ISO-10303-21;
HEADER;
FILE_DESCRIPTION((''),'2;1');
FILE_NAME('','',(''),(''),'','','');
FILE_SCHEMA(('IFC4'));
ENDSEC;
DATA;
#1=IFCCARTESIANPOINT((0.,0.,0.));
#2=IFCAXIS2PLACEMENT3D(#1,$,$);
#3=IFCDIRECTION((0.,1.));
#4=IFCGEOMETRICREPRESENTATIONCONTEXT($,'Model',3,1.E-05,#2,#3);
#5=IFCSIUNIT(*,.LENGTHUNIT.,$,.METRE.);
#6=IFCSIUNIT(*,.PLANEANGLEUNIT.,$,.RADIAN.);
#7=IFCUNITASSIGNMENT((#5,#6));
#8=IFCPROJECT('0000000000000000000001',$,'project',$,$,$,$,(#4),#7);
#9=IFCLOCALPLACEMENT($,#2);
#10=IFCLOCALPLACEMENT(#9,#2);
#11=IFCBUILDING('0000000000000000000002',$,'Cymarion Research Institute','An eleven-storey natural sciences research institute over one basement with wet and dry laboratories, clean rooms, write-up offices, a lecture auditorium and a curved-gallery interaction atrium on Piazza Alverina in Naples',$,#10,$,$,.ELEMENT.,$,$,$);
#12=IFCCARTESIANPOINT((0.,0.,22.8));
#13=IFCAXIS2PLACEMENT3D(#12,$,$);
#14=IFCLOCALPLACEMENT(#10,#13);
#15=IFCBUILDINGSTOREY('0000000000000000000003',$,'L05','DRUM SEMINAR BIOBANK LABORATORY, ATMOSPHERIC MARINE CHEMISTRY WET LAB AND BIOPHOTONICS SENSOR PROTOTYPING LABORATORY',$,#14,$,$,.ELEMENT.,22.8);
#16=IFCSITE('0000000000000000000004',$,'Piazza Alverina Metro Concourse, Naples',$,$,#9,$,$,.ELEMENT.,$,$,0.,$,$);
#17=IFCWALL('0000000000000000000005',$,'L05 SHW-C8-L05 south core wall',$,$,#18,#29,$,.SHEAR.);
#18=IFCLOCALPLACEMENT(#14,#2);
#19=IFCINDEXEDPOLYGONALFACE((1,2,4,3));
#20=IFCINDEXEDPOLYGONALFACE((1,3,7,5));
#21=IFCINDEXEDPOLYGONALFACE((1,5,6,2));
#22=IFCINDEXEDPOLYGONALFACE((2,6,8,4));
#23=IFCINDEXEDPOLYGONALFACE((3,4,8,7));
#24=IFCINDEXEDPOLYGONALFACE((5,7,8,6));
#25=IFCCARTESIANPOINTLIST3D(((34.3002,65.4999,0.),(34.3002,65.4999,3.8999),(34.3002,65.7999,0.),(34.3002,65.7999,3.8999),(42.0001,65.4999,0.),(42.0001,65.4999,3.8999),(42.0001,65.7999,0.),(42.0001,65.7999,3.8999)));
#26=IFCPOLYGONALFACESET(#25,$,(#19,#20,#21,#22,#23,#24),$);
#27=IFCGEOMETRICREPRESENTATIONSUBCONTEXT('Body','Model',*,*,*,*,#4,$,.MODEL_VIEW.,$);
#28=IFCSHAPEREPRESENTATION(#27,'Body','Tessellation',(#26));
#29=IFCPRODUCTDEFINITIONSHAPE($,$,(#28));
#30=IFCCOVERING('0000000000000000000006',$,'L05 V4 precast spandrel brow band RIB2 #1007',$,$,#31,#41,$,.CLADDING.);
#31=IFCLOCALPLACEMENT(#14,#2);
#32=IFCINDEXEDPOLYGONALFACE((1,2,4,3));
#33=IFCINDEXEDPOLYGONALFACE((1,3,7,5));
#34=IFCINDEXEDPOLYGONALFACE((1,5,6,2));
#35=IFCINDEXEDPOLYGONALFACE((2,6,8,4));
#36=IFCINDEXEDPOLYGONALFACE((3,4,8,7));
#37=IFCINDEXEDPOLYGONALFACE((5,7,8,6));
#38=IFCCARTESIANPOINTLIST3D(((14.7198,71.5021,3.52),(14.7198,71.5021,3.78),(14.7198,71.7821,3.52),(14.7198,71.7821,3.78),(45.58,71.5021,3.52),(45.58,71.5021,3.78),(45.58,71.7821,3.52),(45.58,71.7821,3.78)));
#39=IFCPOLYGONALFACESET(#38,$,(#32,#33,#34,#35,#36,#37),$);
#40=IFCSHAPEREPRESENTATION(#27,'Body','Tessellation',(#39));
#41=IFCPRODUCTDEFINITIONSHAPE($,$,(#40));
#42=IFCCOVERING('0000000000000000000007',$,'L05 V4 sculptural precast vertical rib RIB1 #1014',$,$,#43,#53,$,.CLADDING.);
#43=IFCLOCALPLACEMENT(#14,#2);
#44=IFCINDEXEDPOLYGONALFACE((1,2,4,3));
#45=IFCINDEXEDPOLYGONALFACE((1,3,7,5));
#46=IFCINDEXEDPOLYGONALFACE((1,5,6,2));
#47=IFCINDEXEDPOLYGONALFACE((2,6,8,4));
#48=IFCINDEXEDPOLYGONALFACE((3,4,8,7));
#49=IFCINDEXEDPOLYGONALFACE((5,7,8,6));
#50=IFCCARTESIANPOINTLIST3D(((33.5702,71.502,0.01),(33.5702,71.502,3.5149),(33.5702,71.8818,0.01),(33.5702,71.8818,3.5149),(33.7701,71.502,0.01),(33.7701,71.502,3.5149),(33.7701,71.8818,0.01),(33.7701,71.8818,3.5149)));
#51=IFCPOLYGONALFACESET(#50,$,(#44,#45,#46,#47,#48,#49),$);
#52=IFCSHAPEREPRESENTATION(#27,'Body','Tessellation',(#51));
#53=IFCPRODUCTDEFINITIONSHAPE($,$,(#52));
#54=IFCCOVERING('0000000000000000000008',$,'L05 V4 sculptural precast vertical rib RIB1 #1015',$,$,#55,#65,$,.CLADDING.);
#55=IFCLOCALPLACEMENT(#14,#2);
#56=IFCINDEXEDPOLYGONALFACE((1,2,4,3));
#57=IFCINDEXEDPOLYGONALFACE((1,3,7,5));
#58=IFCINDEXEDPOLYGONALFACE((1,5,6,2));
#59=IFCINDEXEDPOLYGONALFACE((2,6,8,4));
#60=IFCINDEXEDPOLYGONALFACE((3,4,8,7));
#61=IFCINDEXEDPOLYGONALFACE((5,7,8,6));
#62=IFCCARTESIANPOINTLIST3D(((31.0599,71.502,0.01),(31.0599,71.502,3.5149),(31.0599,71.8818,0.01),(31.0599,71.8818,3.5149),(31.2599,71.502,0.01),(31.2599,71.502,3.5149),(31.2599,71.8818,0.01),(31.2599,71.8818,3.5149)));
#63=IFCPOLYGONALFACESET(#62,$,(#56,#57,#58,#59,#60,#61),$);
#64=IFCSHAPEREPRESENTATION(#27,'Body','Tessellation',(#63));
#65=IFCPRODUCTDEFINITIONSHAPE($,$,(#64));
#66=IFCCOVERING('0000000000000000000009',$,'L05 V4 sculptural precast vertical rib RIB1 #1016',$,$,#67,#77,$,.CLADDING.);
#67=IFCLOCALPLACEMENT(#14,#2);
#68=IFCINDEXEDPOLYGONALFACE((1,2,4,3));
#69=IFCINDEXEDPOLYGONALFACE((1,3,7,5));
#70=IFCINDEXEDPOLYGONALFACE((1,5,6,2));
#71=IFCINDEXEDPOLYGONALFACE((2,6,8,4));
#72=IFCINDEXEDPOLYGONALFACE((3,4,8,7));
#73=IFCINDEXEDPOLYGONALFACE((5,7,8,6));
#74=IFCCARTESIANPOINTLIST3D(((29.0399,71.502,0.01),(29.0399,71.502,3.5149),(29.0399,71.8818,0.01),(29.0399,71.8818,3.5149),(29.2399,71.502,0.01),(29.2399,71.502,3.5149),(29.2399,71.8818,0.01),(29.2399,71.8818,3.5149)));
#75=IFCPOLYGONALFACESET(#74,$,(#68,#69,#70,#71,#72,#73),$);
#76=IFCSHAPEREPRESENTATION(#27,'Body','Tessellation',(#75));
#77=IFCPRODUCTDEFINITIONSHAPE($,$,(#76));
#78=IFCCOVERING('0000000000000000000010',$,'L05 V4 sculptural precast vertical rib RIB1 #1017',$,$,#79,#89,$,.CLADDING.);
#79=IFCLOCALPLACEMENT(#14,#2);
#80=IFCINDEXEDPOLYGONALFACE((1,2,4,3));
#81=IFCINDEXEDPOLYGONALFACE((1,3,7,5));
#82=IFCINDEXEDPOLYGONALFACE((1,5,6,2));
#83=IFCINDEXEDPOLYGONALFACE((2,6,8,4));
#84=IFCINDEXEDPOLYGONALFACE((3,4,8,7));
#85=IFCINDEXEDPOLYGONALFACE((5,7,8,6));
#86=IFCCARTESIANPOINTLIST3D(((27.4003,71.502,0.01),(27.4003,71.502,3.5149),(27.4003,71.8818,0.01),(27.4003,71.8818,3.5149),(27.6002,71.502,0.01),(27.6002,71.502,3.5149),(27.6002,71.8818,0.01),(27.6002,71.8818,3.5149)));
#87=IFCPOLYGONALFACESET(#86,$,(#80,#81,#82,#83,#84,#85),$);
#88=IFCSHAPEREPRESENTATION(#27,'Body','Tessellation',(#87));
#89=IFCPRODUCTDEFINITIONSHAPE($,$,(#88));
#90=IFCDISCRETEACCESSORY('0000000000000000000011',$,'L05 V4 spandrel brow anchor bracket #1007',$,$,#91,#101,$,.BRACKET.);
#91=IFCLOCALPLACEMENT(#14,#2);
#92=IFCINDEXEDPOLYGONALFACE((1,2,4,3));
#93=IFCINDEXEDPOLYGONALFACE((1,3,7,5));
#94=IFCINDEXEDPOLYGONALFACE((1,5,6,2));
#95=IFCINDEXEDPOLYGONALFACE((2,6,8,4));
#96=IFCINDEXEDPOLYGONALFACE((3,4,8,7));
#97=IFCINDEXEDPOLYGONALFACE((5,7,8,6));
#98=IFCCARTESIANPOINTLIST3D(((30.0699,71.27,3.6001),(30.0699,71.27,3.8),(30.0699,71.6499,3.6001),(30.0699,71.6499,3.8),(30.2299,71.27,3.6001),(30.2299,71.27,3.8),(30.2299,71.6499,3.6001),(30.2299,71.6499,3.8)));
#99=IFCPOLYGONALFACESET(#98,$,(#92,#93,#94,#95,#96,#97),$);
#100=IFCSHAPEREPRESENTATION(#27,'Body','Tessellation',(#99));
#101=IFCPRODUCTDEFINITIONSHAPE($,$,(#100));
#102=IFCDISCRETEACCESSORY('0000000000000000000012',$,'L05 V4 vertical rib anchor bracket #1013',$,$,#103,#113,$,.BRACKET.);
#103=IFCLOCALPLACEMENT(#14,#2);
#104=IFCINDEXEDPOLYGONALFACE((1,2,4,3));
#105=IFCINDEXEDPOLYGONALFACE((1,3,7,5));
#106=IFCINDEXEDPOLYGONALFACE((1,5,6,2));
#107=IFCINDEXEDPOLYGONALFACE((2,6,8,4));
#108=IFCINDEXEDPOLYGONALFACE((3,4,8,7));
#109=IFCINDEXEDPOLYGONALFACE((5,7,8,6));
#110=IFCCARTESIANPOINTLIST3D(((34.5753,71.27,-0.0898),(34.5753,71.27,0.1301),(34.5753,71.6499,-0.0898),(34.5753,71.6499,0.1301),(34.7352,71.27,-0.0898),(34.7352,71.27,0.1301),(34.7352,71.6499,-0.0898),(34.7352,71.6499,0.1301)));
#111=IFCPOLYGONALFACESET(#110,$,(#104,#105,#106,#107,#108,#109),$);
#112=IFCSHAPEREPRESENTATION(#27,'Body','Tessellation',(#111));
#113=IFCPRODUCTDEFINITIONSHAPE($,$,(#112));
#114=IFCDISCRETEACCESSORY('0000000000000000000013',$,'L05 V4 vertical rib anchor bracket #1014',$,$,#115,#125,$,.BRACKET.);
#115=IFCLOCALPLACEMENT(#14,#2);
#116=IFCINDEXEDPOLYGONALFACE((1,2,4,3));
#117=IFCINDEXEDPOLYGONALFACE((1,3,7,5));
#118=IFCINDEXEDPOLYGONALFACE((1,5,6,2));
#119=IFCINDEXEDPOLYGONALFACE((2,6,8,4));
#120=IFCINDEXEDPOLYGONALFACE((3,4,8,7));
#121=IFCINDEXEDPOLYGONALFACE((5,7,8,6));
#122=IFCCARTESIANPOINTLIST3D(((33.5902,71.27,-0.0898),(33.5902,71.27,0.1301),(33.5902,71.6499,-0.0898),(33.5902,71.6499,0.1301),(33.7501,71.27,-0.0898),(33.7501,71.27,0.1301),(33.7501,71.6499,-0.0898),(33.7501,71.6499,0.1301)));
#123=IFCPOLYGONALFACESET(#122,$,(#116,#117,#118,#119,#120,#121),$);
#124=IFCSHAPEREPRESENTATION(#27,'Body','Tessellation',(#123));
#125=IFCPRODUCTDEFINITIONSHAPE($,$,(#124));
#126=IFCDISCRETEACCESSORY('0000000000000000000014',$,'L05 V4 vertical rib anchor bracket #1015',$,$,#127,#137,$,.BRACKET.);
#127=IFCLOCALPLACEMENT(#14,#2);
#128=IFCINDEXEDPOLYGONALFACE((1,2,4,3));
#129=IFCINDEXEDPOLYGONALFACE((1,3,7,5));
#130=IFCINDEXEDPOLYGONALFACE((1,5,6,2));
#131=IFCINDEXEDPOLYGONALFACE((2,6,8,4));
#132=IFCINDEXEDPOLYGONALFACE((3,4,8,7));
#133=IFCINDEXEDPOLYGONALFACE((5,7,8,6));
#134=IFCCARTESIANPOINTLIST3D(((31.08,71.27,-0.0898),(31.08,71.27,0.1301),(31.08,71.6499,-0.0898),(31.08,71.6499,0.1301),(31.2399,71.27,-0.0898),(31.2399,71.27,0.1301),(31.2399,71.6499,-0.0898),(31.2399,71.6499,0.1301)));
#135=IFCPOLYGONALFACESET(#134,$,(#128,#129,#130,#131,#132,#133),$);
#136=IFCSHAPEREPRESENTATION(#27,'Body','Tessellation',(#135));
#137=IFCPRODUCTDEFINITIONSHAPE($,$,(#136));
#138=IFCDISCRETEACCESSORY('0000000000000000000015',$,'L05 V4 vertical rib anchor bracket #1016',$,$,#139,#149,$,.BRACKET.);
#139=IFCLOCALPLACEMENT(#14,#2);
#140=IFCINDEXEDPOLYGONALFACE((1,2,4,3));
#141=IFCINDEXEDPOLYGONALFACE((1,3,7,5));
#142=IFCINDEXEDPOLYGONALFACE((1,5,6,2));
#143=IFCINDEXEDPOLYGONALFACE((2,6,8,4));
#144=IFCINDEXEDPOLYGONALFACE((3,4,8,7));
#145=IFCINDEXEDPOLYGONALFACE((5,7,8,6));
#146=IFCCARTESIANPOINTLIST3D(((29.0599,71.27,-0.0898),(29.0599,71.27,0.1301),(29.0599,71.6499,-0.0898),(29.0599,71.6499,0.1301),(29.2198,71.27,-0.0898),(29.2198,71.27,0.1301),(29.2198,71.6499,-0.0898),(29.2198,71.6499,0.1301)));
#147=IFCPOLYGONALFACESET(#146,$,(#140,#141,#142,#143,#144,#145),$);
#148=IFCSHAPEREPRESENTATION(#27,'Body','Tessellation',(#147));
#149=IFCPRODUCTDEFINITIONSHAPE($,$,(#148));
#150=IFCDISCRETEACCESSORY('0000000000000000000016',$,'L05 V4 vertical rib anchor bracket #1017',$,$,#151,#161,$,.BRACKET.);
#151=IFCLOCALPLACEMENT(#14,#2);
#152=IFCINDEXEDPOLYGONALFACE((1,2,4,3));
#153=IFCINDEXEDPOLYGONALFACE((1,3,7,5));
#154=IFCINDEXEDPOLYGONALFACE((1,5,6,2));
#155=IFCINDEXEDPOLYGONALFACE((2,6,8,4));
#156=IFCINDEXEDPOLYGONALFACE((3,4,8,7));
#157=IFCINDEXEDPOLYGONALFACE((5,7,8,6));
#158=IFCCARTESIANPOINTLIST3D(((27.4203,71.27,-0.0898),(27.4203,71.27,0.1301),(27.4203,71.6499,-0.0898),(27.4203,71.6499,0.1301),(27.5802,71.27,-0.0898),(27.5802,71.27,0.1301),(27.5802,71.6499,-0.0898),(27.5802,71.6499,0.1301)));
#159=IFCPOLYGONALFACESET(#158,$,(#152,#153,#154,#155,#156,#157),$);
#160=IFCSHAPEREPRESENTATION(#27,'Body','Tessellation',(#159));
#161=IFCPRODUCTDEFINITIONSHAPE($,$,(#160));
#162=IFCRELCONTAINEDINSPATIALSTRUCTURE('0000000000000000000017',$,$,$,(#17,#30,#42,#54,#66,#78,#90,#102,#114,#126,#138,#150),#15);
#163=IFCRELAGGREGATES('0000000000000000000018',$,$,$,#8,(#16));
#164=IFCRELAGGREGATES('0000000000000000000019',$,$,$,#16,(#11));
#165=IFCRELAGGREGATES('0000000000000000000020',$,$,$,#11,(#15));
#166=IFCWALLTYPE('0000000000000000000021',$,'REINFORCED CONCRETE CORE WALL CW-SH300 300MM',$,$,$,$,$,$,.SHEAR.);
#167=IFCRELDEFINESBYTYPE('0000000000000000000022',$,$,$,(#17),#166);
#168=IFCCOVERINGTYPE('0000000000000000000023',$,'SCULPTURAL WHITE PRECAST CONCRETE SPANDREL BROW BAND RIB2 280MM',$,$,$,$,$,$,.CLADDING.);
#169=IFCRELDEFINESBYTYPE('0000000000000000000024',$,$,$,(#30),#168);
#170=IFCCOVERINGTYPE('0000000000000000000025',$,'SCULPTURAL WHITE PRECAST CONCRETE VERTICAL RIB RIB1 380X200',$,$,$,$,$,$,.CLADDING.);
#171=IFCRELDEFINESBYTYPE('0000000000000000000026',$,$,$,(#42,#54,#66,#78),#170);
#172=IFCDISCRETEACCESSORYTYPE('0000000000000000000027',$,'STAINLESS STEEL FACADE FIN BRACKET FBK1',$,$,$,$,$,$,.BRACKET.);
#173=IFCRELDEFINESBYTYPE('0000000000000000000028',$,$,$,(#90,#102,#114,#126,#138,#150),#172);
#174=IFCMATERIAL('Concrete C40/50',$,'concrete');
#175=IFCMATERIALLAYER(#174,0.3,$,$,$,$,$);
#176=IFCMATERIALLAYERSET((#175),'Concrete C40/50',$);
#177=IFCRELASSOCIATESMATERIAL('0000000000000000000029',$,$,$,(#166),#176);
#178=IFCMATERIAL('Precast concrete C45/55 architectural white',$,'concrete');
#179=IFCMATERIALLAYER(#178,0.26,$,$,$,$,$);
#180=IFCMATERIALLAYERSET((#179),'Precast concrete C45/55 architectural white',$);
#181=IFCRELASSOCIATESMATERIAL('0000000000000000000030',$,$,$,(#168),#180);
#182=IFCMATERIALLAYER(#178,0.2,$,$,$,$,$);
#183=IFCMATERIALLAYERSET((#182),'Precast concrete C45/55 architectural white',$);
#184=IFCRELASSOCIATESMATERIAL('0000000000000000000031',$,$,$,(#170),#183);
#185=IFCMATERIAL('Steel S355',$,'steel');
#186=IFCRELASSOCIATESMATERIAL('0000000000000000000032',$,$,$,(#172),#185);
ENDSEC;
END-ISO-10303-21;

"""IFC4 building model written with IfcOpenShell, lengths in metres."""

from ifc_helpers import new_model, si_unit, direction, frame, frame_2d, origin, origin_2d, place, context, subcontext, project, spatial, rectangle, extrude, material, layer, layer_set, type_object, element, save


model = new_model("IFC4")

# Units and contexts
model_context = context("Model", 3, precision=1e-05, world=origin(), true_north=direction((0.0, 1.0)))
body_context = subcontext(model_context, "Body", "Model", "MODEL_VIEW")
ifc_project = project(units=[si_unit("LENGTHUNIT", "METRE"), si_unit("PLANEANGLEUNIT", "RADIAN")], contexts=[model_context])

# Site, building, storey
site_placement = place(None, origin())
site = spatial("IfcSite", under=ifc_project, at=site_placement, Name="Piazza Alverina Metro Concourse, Naples", CompositionType="ELEMENT", RefElevation=0.0)
building_placement = place(site_placement, origin())
building = spatial("IfcBuilding", under=site, at=building_placement, Name="Cymarion Research Institute", Description="An eleven-storey natural sciences research institute over one basement with wet and dry laboratories, clean rooms, write-up offices, a lecture auditorium and a curved-gallery interaction atrium on Piazza Alverina in Naples", CompositionType="ELEMENT")
storey_placement = place(building_placement, frame((0.0, 0.0, 22.8)))
storey = spatial("IfcBuildingStorey", under=building, at=storey_placement, Name="L05", Description="DRUM SEMINAR BIOBANK LABORATORY, ATMOSPHERIC MARINE CHEMISTRY WET LAB AND BIOPHOTONICS SENSOR PROTOTYPING LABORATORY", CompositionType="ELEMENT", Elevation=22.8)

# Shared definitions
ifc_material_1 = material(Name="Concrete C40/50", Category="concrete")

# Shared definitions
ifc_material_2 = material(Name="Steel S355", Category="steel")

# Wall
ifc_layer_1 = layer(ifc_material_1, 0.3)
ifc_layer_set_1 = layer_set([ifc_layer_1], Name="Concrete C40/50")
wall_type_1 = type_object("IfcWallType", Name="REINFORCED CONCRETE CORE WALL CW-SH300 300MM", PredefinedType="SHEAR", material=ifc_layer_set_1)
wall_1_placement = place(storey_placement, frame((34.3, 65.6499, 0.0), z_axis=(0.0, 0.0, 1.0), x_axis=(1.0, 0.0, 0.0)))
element("IfcWall", 1, at=wall_1_placement, inside=storey, type_object=wall_type_1, Name="L05 SHW-C8-L05 south core wall", PredefinedType="SHEAR", context=body_context, shape_type="SweptSolid", body=[
    extrude(rectangle(XDim=7.7, YDim=0.3, at=frame_2d((3.8501, 0.0))), origin(), (0.0, 0.0, 1.0), 3.8999),
])

# Coverings
ifc_material_3 = material(Name="Precast concrete C45/55 architectural white", Category="concrete")
ifc_layer_2 = layer(ifc_material_3, 0.26)
ifc_layer_set_2 = layer_set([ifc_layer_2], Name="Precast concrete C45/55 architectural white")
covering_type_1 = type_object("IfcCoveringType", Name="SCULPTURAL WHITE PRECAST CONCRETE SPANDREL BROW BAND RIB2 280MM", PredefinedType="CLADDING", material=ifc_layer_set_2)
covering_placement = place(storey_placement, frame((30.1499, 71.6421, 3.52), z_axis=(0.0, 0.0, 1.0), x_axis=(0.0, 1.0, 0.0)))
element("IfcCovering", 2, at=covering_placement, inside=storey, type_object=covering_type_1, Name="L05 V4 precast spandrel brow band RIB2 #1007", PredefinedType="CLADDING", context=body_context, shape_type="SweptSolid", body=[
    extrude(rectangle(XDim=0.28, YDim=30.8601, at=origin_2d()), origin(), (0.0, 0.0, 1.0), 0.26),
])
ifc_layer_3 = layer(ifc_material_3, 0.2)
ifc_layer_set_3 = layer_set([ifc_layer_3], Name="Precast concrete C45/55 architectural white")
covering_type_2 = type_object("IfcCoveringType", Name="SCULPTURAL WHITE PRECAST CONCRETE VERTICAL RIB RIB1 380X200", PredefinedType="CLADDING", material=ifc_layer_set_3)
for number, where, z_axis, x_axis, name in (
    (3, (33.6702, 71.6919, 0.01), (0.0, 0.0, 1.0), (0.0, 1.0, 0.0), "L05 V4 sculptural precast vertical rib RIB1 #1014"),
    (4, (31.1599, 71.6919, 0.01), (0.0, 0.0, 1.0), (0.0, 1.0, 0.0), "L05 V4 sculptural precast vertical rib RIB1 #1015"),
    (5, (29.1399, 71.6919, 0.01), (0.0, 0.0, 1.0), (0.0, 1.0, 0.0), "L05 V4 sculptural precast vertical rib RIB1 #1016"),
    (6, (27.5002, 71.6919, 0.01), (0.0, 0.0, 1.0), (0.0, 1.0, 0.0), "L05 V4 sculptural precast vertical rib RIB1 #1017"),
):
    element("IfcCovering", number, at=place(storey_placement, frame(where, z_axis=z_axis, x_axis=x_axis)), inside=storey, type_object=covering_type_2, Name=name, PredefinedType="CLADDING", context=body_context, shape_type="SweptSolid", body=[
        extrude(rectangle(XDim=0.3799, YDim=0.2, at=origin_2d()), origin(), (0.0, 0.0, 1.0), 3.5049),
    ])

# Discrete accessories
discrete_accessory_type = type_object("IfcDiscreteAccessoryType", Name="STAINLESS STEEL FACADE FIN BRACKET FBK1", PredefinedType="BRACKET", material=ifc_material_2)
discrete_accessory_placement = place(storey_placement, frame((30.1499, 71.46, 3.6001), z_axis=(0.0, 0.0, 1.0), x_axis=(0.0, 1.0, 0.0)))
element("IfcDiscreteAccessory", 7, at=discrete_accessory_placement, inside=storey, type_object=discrete_accessory_type, Name="L05 V4 spandrel brow anchor bracket #1007", PredefinedType="BRACKET", context=body_context, shape_type="SweptSolid", body=[
    extrude(rectangle(XDim=0.3799, YDim=0.1599, at=origin_2d()), origin(), (0.0, 0.0, 1.0), 0.2),
])
for number, where, z_axis, x_axis, name in (
    (8, (34.6553, 71.46, -0.0898), (0.0, 0.0, 1.0), (0.0, 1.0, 0.0), "L05 V4 vertical rib anchor bracket #1013"),
    (9, (33.6702, 71.46, -0.0898), (0.0, 0.0, 1.0), (0.0, 1.0, 0.0), "L05 V4 vertical rib anchor bracket #1014"),
    (10, (31.1599, 71.46, -0.0898), (0.0, 0.0, 1.0), (0.0, 1.0, 0.0), "L05 V4 vertical rib anchor bracket #1015"),
    (11, (29.1399, 71.46, -0.0898), (0.0, 0.0, 1.0), (0.0, 1.0, 0.0), "L05 V4 vertical rib anchor bracket #1016"),
    (12, (27.5002, 71.46, -0.0898), (0.0, 0.0, 1.0), (0.0, 1.0, 0.0), "L05 V4 vertical rib anchor bracket #1017"),
):
    element("IfcDiscreteAccessory", number, at=place(storey_placement, frame(where, z_axis=z_axis, x_axis=x_axis)), inside=storey, type_object=discrete_accessory_type, Name=name, PredefinedType="BRACKET", context=body_context, shape_type="SweptSolid", body=[
        extrude(rectangle(XDim=0.3799, YDim=0.1599, at=origin_2d()), origin(), (0.0, 0.0, 1.0), 0.22),
    ])

save(model, "model.ifc")
